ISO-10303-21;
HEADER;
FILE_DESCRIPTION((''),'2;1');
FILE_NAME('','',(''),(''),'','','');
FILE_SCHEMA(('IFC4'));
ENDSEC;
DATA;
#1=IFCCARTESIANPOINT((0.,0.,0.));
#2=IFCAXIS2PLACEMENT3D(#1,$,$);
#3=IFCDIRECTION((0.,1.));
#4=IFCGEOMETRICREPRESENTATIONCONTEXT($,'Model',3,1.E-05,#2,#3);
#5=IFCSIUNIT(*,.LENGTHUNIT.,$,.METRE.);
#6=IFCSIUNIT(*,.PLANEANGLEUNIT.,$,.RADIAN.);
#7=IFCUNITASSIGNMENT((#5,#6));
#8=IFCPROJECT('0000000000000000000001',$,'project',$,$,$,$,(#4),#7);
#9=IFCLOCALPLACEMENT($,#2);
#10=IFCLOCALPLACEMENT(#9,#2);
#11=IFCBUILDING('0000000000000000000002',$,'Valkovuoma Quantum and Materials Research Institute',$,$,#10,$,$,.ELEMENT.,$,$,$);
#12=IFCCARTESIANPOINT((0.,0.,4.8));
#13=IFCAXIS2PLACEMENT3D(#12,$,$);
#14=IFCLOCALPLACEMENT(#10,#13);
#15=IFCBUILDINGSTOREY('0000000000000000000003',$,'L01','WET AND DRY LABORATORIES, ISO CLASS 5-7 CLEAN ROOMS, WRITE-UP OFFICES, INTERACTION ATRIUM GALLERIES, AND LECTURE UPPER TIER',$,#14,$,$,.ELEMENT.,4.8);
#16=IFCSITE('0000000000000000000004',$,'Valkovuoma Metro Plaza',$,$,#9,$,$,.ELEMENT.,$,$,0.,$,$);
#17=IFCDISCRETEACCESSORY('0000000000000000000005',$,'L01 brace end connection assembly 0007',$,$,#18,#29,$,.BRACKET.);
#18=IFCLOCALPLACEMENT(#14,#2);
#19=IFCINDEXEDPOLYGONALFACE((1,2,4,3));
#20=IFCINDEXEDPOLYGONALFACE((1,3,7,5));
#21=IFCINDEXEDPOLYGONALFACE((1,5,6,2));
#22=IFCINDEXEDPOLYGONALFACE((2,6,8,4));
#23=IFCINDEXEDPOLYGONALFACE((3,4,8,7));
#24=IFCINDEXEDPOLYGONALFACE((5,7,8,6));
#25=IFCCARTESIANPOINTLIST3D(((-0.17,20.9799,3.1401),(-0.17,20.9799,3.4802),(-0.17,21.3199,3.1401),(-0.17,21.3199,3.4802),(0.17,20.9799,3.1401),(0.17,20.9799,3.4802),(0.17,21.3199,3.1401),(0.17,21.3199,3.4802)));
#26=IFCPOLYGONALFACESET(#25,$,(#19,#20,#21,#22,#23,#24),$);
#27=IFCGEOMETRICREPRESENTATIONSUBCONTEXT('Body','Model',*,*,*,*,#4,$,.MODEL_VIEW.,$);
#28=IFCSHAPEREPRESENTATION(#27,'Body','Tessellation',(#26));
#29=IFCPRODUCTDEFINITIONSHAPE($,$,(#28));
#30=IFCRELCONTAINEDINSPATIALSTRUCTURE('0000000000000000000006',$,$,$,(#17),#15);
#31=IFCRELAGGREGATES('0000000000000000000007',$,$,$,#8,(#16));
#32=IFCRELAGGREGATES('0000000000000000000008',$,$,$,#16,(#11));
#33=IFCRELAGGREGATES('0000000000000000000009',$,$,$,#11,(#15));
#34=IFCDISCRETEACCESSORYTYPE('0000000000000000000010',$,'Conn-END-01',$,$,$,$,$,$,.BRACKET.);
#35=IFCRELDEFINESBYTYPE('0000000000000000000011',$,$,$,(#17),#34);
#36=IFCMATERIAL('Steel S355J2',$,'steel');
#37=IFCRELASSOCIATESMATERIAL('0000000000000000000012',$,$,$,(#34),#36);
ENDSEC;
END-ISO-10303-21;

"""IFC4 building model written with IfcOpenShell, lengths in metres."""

from ifc_helpers import new_model, si_unit, direction, frame, origin, origin_2d, place, context, subcontext, project, spatial, rectangle, extrude, material, type_object, element, save


model = new_model("IFC4")

# Units and contexts
model_context = context("Model", 3, precision=1e-05, world=origin(), true_north=direction((0.0, 1.0)))
body_context = subcontext(model_context, "Body", "Model", "MODEL_VIEW")
ifc_project = project(units=[si_unit("LENGTHUNIT", "METRE"), si_unit("PLANEANGLEUNIT", "RADIAN")], contexts=[model_context])

# Site, building, storey
site_placement = place(None, origin())
site = spatial("IfcSite", under=ifc_project, at=site_placement, Name="Valkovuoma Metro Plaza", CompositionType="ELEMENT", RefElevation=0.0)
building_placement = place(site_placement, origin())
building = spatial("IfcBuilding", under=site, at=building_placement, Name="Valkovuoma Quantum and Materials Research Institute", CompositionType="ELEMENT")
storey_placement = place(building_placement, frame((0.0, 0.0, 4.8)))
storey = spatial("IfcBuildingStorey", under=building, at=storey_placement, Name="L01", Description="WET AND DRY LABORATORIES, ISO CLASS 5-7 CLEAN ROOMS, WRITE-UP OFFICES, INTERACTION ATRIUM GALLERIES, AND LECTURE UPPER TIER", CompositionType="ELEMENT", Elevation=4.8)

# Discrete accessory
ifc_material_1 = material(Name="Steel S355J2", Category="steel")
discrete_accessory_type_1 = type_object("IfcDiscreteAccessoryType", Name="Conn-END-01", PredefinedType="BRACKET", material=ifc_material_1)
discrete_accessory_placement = place(storey_placement, frame((0.0, 21.1499, 3.1401), z_axis=(0.0, 0.0, 1.0), x_axis=(1.0, 0.0, 0.0)))
element("IfcDiscreteAccessory", 1, at=discrete_accessory_placement, inside=storey, type_object=discrete_accessory_type_1, Name="L01 brace end connection assembly 0007", PredefinedType="BRACKET", context=body_context, shape_type="SweptSolid", body=[
    extrude(rectangle(XDim=0.3401, YDim=0.3401, at=origin_2d()), origin(), (0.0, 0.0, 1.0), 0.3401),
])

save(model, "model.ifc")
